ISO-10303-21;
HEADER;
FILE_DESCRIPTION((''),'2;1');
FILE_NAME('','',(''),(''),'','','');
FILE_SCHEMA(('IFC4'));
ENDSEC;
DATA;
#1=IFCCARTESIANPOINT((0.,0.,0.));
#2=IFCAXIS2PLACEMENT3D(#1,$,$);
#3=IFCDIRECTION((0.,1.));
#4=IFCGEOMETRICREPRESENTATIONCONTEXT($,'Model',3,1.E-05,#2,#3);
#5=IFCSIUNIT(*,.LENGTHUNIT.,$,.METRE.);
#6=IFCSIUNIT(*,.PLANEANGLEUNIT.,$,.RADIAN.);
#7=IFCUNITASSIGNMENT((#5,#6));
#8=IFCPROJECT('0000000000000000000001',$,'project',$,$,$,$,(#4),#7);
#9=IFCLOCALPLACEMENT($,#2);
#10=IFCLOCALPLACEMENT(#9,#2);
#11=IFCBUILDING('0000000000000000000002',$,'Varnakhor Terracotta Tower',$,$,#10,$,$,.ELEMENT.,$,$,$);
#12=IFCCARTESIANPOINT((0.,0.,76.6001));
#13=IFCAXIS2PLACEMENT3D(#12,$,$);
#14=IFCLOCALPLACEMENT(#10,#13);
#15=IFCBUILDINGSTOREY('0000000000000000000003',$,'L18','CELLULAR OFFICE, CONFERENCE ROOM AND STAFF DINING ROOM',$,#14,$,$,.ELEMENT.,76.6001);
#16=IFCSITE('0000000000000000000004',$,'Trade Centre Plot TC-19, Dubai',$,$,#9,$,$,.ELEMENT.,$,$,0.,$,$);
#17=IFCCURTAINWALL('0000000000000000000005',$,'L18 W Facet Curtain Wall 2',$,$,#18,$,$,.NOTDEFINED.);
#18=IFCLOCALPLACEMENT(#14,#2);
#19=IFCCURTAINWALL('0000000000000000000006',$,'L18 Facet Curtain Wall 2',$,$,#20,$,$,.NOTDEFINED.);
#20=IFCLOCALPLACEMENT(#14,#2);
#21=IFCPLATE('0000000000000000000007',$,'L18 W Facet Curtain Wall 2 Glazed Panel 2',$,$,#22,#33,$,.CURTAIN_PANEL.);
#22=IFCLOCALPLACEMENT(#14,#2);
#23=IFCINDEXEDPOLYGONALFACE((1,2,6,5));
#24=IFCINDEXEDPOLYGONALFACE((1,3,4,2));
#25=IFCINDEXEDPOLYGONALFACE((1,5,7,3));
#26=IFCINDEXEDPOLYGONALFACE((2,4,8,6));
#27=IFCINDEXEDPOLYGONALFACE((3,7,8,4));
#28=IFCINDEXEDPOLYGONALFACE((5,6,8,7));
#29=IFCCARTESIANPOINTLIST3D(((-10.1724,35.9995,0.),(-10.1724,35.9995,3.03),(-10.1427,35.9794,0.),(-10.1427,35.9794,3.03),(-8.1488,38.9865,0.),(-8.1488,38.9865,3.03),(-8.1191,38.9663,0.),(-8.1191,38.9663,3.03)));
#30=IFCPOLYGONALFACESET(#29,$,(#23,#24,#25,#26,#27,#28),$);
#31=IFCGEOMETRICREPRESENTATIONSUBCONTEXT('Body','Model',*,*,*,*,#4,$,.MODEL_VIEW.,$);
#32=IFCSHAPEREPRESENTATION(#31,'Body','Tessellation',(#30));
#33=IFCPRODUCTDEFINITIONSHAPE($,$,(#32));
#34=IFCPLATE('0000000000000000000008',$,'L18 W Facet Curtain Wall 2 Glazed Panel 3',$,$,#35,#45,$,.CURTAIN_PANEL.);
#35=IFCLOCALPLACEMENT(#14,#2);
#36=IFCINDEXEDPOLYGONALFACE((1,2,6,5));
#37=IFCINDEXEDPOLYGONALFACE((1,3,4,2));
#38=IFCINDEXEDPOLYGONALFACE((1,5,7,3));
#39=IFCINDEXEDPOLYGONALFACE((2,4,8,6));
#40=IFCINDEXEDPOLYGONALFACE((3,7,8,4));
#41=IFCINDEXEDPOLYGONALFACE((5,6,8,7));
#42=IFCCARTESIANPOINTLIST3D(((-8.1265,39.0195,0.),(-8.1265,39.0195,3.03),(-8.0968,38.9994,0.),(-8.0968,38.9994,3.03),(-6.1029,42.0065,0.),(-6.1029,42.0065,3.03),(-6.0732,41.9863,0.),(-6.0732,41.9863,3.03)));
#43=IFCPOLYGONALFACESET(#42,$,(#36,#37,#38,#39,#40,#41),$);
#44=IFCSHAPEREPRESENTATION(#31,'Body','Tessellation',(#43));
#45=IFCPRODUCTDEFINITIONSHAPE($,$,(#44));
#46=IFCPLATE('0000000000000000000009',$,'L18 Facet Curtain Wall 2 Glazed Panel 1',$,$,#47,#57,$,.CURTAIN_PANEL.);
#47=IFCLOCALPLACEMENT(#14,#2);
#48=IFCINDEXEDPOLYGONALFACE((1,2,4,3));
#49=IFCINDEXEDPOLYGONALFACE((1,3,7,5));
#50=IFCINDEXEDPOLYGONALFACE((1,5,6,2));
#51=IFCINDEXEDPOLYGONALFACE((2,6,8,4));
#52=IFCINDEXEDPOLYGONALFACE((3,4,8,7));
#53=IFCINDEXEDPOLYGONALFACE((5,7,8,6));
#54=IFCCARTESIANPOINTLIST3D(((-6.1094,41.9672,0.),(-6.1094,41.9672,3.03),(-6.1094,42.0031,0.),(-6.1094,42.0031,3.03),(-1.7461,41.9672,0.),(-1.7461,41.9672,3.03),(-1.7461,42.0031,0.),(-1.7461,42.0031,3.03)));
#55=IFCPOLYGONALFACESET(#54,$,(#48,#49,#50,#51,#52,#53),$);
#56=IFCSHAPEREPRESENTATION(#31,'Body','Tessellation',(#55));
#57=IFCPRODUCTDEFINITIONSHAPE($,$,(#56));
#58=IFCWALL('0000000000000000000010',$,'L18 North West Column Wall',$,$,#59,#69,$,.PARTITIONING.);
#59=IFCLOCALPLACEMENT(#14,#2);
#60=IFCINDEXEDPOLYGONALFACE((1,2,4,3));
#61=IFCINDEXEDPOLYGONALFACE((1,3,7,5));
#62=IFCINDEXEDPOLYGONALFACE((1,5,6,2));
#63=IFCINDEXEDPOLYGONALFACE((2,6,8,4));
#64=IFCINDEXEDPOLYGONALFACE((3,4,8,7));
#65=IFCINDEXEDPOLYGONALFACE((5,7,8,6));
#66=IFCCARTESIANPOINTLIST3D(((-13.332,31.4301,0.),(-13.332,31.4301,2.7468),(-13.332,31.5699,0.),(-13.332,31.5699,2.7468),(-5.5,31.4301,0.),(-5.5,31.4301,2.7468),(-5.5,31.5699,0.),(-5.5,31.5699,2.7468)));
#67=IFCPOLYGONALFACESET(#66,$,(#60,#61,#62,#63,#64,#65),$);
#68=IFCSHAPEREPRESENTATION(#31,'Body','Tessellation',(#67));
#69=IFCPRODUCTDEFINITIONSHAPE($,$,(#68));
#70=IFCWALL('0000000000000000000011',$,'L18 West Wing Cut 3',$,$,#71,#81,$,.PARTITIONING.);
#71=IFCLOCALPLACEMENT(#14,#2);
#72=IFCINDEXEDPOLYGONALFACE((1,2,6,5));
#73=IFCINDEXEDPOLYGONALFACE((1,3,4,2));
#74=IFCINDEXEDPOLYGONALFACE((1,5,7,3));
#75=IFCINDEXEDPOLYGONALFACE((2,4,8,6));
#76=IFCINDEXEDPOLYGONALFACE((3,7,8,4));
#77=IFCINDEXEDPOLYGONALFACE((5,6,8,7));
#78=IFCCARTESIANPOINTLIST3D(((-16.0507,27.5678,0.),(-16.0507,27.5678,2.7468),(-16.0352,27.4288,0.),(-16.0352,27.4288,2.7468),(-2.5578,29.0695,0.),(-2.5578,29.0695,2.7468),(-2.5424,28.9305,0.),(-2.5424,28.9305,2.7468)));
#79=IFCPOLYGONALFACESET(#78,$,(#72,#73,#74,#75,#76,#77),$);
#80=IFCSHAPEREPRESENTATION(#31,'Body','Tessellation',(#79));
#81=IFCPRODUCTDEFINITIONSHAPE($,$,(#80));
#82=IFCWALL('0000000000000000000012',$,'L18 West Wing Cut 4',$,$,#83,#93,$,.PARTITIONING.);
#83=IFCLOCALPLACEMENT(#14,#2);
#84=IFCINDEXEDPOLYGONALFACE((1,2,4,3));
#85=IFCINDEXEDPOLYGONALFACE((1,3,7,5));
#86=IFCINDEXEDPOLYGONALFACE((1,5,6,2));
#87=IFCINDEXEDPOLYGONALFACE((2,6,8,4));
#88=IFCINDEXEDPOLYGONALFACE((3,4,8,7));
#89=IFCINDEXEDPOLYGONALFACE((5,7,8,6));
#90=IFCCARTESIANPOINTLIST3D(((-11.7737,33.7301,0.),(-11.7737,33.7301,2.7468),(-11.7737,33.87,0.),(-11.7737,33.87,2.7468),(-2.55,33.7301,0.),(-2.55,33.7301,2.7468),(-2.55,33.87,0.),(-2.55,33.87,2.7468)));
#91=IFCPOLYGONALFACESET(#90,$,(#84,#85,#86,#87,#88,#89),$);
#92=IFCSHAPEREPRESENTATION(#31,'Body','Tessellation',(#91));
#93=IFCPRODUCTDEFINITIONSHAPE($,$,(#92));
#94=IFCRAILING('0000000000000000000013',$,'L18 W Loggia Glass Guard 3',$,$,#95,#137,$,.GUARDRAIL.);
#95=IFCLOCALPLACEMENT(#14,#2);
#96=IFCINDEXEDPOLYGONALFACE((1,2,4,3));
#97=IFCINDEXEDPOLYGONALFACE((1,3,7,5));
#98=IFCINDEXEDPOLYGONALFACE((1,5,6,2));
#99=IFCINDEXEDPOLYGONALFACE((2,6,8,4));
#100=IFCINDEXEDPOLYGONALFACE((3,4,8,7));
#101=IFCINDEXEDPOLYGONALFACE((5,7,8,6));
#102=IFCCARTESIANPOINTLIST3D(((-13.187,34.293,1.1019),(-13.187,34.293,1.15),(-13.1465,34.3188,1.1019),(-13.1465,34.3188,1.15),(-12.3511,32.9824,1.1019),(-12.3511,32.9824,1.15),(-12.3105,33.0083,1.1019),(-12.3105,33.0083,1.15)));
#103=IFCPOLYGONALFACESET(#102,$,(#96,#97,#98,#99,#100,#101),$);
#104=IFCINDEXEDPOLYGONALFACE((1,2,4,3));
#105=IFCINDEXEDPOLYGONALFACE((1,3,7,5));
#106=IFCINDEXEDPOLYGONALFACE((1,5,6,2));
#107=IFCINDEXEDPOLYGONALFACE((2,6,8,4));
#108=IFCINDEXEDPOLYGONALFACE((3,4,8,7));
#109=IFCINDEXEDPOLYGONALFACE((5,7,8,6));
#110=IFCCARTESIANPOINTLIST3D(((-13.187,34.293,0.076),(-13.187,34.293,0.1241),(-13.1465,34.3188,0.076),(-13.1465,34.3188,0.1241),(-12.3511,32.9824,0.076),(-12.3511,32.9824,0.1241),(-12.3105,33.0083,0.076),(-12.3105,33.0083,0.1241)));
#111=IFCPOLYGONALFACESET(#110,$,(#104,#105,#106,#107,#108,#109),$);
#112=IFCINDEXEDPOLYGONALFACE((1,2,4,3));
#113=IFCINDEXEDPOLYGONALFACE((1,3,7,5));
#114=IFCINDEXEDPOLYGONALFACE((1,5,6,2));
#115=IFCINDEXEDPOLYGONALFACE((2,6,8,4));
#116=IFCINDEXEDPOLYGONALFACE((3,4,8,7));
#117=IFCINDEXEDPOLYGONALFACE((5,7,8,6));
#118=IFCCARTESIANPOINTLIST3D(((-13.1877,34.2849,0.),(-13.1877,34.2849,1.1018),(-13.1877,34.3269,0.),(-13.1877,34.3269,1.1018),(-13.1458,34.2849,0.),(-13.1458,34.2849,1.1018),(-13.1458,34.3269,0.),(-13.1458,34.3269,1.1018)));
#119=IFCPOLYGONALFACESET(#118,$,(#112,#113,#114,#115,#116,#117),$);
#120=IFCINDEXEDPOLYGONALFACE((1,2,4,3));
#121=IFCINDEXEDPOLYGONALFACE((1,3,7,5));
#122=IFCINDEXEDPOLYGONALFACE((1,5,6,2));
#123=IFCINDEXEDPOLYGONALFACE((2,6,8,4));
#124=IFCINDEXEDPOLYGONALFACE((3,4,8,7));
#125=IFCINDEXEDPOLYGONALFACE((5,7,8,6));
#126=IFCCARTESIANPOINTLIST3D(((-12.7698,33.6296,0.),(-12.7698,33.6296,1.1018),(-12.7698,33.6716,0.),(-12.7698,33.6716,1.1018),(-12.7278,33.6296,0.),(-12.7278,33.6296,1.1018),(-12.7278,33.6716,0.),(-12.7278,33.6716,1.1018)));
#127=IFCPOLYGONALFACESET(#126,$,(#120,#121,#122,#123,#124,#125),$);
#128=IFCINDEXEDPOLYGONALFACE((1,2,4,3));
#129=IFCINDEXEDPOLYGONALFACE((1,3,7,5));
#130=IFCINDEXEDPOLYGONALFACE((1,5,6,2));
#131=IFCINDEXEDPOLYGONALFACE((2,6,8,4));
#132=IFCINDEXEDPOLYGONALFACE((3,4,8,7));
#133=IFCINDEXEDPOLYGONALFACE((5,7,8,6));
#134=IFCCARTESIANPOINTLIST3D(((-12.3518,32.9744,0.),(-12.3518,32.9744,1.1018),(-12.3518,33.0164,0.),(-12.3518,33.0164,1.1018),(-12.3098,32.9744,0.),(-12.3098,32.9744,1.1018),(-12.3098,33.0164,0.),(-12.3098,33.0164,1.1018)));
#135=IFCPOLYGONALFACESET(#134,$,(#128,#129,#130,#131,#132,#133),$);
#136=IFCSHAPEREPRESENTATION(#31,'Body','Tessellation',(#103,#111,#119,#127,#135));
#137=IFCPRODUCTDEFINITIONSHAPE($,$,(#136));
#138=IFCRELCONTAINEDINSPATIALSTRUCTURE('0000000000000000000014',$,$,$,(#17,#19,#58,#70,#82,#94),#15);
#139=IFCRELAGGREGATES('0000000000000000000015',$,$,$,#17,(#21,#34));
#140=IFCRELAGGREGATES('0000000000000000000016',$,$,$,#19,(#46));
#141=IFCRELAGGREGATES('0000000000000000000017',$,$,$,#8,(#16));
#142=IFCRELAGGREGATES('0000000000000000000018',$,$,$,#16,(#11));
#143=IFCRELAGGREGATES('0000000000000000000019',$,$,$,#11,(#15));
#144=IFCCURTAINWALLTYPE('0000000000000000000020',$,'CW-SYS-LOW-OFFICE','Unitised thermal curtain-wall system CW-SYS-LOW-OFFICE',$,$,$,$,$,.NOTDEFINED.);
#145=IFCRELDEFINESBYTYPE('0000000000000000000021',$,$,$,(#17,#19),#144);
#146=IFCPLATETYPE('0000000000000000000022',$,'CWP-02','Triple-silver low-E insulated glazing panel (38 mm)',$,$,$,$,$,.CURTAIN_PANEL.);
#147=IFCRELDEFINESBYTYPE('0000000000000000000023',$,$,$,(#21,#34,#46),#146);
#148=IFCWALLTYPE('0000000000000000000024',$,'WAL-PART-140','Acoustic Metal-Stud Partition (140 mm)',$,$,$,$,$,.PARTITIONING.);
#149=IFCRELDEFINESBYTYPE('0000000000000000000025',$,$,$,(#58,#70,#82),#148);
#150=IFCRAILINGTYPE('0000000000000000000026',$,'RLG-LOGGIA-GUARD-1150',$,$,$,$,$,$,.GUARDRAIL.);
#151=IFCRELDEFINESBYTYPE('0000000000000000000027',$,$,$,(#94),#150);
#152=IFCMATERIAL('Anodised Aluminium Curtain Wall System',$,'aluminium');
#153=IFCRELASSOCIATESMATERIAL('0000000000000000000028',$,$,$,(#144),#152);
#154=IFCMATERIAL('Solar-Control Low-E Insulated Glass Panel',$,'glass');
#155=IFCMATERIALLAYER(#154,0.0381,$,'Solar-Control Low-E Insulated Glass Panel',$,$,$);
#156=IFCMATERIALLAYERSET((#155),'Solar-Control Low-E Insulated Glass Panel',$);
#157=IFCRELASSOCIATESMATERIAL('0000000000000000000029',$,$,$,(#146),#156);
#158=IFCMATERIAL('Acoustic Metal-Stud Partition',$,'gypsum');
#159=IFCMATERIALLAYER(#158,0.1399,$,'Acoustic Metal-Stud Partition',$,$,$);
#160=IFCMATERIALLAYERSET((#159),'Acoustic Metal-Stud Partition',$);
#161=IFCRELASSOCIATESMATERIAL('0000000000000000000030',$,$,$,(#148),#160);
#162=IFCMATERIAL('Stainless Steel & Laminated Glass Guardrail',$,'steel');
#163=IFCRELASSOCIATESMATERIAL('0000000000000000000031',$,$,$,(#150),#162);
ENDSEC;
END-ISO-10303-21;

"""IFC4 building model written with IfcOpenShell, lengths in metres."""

from ifc_helpers import new_model, si_unit, direction, frame, frame_2d, origin, origin_2d, place, context, subcontext, project, spatial, rectangle, extrude, source, transform, mapped, material, layer, layer_set, type_object, element, aggregate, save


model = new_model("IFC4")

# Units and contexts
model_context = context("Model", 3, precision=1e-05, world=origin(), true_north=direction((0.0, 1.0)))
body_context = subcontext(model_context, "Body", "Model", "MODEL_VIEW")
ifc_project = project(units=[si_unit("LENGTHUNIT", "METRE"), si_unit("PLANEANGLEUNIT", "RADIAN")], contexts=[model_context])

# Site, building, storey
site_placement = place(None, origin())
site = spatial("IfcSite", under=ifc_project, at=site_placement, Name="Trade Centre Plot TC-19, Dubai", CompositionType="ELEMENT", RefElevation=0.0)
building_placement = place(site_placement, origin())
building = spatial("IfcBuilding", under=site, at=building_placement, Name="Varnakhor Terracotta Tower", CompositionType="ELEMENT")
storey_placement = place(building_placement, frame((0.0, 0.0, 76.6001)))
storey = spatial("IfcBuildingStorey", under=building, at=storey_placement, Name="L18", Description="CELLULAR OFFICE, CONFERENCE ROOM AND STAFF DINING ROOM", CompositionType="ELEMENT", Elevation=76.6001)

# Curtain wall
ifc_material_1 = material(Name="Anodised Aluminium Curtain Wall System", Category="aluminium")
curtain_wall_type = type_object("IfcCurtainWallType", Name="CW-SYS-LOW-OFFICE", Description="Unitised thermal curtain-wall system CW-SYS-LOW-OFFICE", PredefinedType="NOTDEFINED", material=ifc_material_1)
curtain_wall_1_placement = place(storey_placement, origin())
curtain_wall_1 = element("IfcCurtainWall", 1, at=curtain_wall_1_placement, inside=storey, type_object=curtain_wall_type, Name="L18 W Facet Curtain Wall 2", PredefinedType="NOTDEFINED")

# Curtain wall
curtain_wall_2_placement = place(storey_placement, origin())
curtain_wall_2 = element("IfcCurtainWall", 2, at=curtain_wall_2_placement, inside=storey, type_object=curtain_wall_type, Name="L18 Facet Curtain Wall 2", PredefinedType="NOTDEFINED")

# Plates
ifc_material_2 = material(Name="Solar-Control Low-E Insulated Glass Panel", Category="glass")
ifc_layer_1 = layer(ifc_material_2, 0.0381, Name="Solar-Control Low-E Insulated Glass Panel")
ifc_layer_set_1 = layer_set([ifc_layer_1], Name="Solar-Control Low-E Insulated Glass Panel")
plate_type = type_object("IfcPlateType", Name="CWP-02", Description="Triple-silver low-E insulated glazing panel (38 mm)", PredefinedType="CURTAIN_PANEL", material=ifc_layer_set_1)
shared_shape_1 = source(origin(), body_context, "Body", "SweptSolid", [
    extrude(rectangle(XDim=3.6079, YDim=0.0359, at=origin_2d()), origin(), (0.0, 0.0, 1.0), 3.03),
])
plate_1_placement = place(storey_placement, frame((-9.1458, 37.4829, 0.0), z_axis=(0.0, 0.0, 1.0), x_axis=(0.560885, 0.827894, 0.0)))
plate_1 = element("IfcPlate", 3, at=plate_1_placement, type_object=plate_type, Name="L18 W Facet Curtain Wall 2 Glazed Panel 2", PredefinedType="CURTAIN_PANEL", context=body_context, shape_type="MappedRepresentation", body=[
    mapped(shared_shape_1, transform((0.0, 0.0, 0.0), scale=1.0)),
])
plate_2_placement = place(storey_placement, frame((-7.0999, 40.5029, 0.0), z_axis=(0.0, 0.0, 1.0), x_axis=(0.560885, 0.827894, 0.0)))
plate_2 = element("IfcPlate", 4, at=plate_2_placement, type_object=plate_type, Name="L18 W Facet Curtain Wall 2 Glazed Panel 3", PredefinedType="CURTAIN_PANEL", context=body_context, shape_type="MappedRepresentation", body=[
    mapped(shared_shape_1, transform((0.0, 0.0, 0.0), scale=1.0)),
])
aggregate(curtain_wall_1, [plate_1, plate_2])
shared_shape_2 = source(origin(), body_context, "Body", "SweptSolid", [
    extrude(rectangle(XDim=4.3633, YDim=0.0359, at=origin_2d()), origin(), (0.0, 0.0, 1.0), 3.03),
])
plate_3_placement = place(storey_placement, frame((-3.9277, 41.9851, 0.0), z_axis=(0.0, 0.0, 1.0), x_axis=(1.0, 0.0, 0.0)))
plate_3 = element("IfcPlate", 5, at=plate_3_placement, type_object=plate_type, Name="L18 Facet Curtain Wall 2 Glazed Panel 1", PredefinedType="CURTAIN_PANEL", context=body_context, shape_type="MappedRepresentation", body=[
    mapped(shared_shape_2, transform((0.0, 0.0, 0.0), scale=1.0)),
])
aggregate(curtain_wall_2, [plate_3])

# Walls
ifc_material_3 = material(Name="Acoustic Metal-Stud Partition", Category="gypsum")
ifc_layer_2 = layer(ifc_material_3, 0.1399, Name="Acoustic Metal-Stud Partition")
ifc_layer_set_2 = layer_set([ifc_layer_2], Name="Acoustic Metal-Stud Partition")
wall_type = type_object("IfcWallType", Name="WAL-PART-140", Description="Acoustic Metal-Stud Partition (140 mm)", PredefinedType="PARTITIONING", material=ifc_layer_set_2)
wall_1_placement = place(storey_placement, frame((-13.332, 31.5, 0.0), z_axis=(0.0, 0.0, 1.0), x_axis=(1.0, 0.0, 0.0)))
element("IfcWall", 6, at=wall_1_placement, inside=storey, type_object=wall_type, Name="L18 North West Column Wall", PredefinedType="PARTITIONING", context=body_context, shape_type="SweptSolid", body=[
    extrude(rectangle(XDim=7.832, YDim=0.1399, at=frame_2d((3.916, 0.0))), origin(), (0.0, 0.0, 1.0), 2.7468),
])
wall_2_placement = place(storey_placement, frame((-16.043, 27.4983, 0.0), z_axis=(0.0, 0.0, 1.0), x_axis=(0.993864, 0.110613, 0.0)))
element("IfcWall", 7, at=wall_2_placement, inside=storey, type_object=wall_type, Name="L18 West Wing Cut 3", PredefinedType="PARTITIONING", context=body_context, shape_type="SweptSolid", body=[
    extrude(rectangle(XDim=13.5762, YDim=0.1399, at=frame_2d((6.7881, 0.0))), origin(), (0.0, 0.0, 1.0), 2.7468),
])
wall_3_placement = place(storey_placement, frame((-11.7737, 33.8, 0.0), z_axis=(0.0, 0.0, 1.0), x_axis=(1.0, 0.0, 0.0)))
element("IfcWall", 8, at=wall_3_placement, inside=storey, type_object=wall_type, Name="L18 West Wing Cut 4", PredefinedType="PARTITIONING", context=body_context, shape_type="SweptSolid", body=[
    extrude(rectangle(XDim=9.2236, YDim=0.1399, at=frame_2d((4.6118, 0.0))), origin(), (0.0, 0.0, 1.0), 2.7468),
])

# Railing
ifc_material_4 = material(Name="Stainless Steel & Laminated Glass Guardrail", Category="steel")
railing_type = type_object("IfcRailingType", Name="RLG-LOGGIA-GUARD-1150", PredefinedType="GUARDRAIL", material=ifc_material_4)
railing_placement = place(storey_placement, frame((-13.1667, 34.3059, 0.0)))
element("IfcRailing", 9, at=railing_placement, inside=storey, type_object=railing_type, Name="L18 W Loggia Glass Guard 3", PredefinedType="GUARDRAIL", context=body_context, shape_type="SweptSolid", body=[
    extrude(rectangle(XDim=0.0481, YDim=0.0481, at=origin_2d()), frame((0.0, 0.0, 1.126), z_axis=(0.53777, -0.843092, 0.0), x_axis=(0.843092, 0.53777, 0.0)), (0.0, 0.0, 1.0), 1.5544),
    extrude(rectangle(XDim=0.0481, YDim=0.0481, at=origin_2d()), frame((0.0, 0.0, 0.1001), z_axis=(0.53777, -0.843092, 0.0), x_axis=(0.843092, 0.53777, 0.0)), (0.0, 0.0, 1.0), 1.5544),
    extrude(rectangle(XDim=0.042, YDim=0.042, at=origin_2d()), origin(), (0.0, 0.0, 1.0), 1.1018),
    extrude(rectangle(XDim=0.042, YDim=0.042, at=origin_2d()), frame((0.418, -0.6553, 0.0)), (0.0, 0.0, 1.0), 1.1018),
    extrude(rectangle(XDim=0.042, YDim=0.042, at=origin_2d()), frame((0.8359, -1.3105, 0.0)), (0.0, 0.0, 1.0), 1.1018),
])

save(model, "model.ifc")
